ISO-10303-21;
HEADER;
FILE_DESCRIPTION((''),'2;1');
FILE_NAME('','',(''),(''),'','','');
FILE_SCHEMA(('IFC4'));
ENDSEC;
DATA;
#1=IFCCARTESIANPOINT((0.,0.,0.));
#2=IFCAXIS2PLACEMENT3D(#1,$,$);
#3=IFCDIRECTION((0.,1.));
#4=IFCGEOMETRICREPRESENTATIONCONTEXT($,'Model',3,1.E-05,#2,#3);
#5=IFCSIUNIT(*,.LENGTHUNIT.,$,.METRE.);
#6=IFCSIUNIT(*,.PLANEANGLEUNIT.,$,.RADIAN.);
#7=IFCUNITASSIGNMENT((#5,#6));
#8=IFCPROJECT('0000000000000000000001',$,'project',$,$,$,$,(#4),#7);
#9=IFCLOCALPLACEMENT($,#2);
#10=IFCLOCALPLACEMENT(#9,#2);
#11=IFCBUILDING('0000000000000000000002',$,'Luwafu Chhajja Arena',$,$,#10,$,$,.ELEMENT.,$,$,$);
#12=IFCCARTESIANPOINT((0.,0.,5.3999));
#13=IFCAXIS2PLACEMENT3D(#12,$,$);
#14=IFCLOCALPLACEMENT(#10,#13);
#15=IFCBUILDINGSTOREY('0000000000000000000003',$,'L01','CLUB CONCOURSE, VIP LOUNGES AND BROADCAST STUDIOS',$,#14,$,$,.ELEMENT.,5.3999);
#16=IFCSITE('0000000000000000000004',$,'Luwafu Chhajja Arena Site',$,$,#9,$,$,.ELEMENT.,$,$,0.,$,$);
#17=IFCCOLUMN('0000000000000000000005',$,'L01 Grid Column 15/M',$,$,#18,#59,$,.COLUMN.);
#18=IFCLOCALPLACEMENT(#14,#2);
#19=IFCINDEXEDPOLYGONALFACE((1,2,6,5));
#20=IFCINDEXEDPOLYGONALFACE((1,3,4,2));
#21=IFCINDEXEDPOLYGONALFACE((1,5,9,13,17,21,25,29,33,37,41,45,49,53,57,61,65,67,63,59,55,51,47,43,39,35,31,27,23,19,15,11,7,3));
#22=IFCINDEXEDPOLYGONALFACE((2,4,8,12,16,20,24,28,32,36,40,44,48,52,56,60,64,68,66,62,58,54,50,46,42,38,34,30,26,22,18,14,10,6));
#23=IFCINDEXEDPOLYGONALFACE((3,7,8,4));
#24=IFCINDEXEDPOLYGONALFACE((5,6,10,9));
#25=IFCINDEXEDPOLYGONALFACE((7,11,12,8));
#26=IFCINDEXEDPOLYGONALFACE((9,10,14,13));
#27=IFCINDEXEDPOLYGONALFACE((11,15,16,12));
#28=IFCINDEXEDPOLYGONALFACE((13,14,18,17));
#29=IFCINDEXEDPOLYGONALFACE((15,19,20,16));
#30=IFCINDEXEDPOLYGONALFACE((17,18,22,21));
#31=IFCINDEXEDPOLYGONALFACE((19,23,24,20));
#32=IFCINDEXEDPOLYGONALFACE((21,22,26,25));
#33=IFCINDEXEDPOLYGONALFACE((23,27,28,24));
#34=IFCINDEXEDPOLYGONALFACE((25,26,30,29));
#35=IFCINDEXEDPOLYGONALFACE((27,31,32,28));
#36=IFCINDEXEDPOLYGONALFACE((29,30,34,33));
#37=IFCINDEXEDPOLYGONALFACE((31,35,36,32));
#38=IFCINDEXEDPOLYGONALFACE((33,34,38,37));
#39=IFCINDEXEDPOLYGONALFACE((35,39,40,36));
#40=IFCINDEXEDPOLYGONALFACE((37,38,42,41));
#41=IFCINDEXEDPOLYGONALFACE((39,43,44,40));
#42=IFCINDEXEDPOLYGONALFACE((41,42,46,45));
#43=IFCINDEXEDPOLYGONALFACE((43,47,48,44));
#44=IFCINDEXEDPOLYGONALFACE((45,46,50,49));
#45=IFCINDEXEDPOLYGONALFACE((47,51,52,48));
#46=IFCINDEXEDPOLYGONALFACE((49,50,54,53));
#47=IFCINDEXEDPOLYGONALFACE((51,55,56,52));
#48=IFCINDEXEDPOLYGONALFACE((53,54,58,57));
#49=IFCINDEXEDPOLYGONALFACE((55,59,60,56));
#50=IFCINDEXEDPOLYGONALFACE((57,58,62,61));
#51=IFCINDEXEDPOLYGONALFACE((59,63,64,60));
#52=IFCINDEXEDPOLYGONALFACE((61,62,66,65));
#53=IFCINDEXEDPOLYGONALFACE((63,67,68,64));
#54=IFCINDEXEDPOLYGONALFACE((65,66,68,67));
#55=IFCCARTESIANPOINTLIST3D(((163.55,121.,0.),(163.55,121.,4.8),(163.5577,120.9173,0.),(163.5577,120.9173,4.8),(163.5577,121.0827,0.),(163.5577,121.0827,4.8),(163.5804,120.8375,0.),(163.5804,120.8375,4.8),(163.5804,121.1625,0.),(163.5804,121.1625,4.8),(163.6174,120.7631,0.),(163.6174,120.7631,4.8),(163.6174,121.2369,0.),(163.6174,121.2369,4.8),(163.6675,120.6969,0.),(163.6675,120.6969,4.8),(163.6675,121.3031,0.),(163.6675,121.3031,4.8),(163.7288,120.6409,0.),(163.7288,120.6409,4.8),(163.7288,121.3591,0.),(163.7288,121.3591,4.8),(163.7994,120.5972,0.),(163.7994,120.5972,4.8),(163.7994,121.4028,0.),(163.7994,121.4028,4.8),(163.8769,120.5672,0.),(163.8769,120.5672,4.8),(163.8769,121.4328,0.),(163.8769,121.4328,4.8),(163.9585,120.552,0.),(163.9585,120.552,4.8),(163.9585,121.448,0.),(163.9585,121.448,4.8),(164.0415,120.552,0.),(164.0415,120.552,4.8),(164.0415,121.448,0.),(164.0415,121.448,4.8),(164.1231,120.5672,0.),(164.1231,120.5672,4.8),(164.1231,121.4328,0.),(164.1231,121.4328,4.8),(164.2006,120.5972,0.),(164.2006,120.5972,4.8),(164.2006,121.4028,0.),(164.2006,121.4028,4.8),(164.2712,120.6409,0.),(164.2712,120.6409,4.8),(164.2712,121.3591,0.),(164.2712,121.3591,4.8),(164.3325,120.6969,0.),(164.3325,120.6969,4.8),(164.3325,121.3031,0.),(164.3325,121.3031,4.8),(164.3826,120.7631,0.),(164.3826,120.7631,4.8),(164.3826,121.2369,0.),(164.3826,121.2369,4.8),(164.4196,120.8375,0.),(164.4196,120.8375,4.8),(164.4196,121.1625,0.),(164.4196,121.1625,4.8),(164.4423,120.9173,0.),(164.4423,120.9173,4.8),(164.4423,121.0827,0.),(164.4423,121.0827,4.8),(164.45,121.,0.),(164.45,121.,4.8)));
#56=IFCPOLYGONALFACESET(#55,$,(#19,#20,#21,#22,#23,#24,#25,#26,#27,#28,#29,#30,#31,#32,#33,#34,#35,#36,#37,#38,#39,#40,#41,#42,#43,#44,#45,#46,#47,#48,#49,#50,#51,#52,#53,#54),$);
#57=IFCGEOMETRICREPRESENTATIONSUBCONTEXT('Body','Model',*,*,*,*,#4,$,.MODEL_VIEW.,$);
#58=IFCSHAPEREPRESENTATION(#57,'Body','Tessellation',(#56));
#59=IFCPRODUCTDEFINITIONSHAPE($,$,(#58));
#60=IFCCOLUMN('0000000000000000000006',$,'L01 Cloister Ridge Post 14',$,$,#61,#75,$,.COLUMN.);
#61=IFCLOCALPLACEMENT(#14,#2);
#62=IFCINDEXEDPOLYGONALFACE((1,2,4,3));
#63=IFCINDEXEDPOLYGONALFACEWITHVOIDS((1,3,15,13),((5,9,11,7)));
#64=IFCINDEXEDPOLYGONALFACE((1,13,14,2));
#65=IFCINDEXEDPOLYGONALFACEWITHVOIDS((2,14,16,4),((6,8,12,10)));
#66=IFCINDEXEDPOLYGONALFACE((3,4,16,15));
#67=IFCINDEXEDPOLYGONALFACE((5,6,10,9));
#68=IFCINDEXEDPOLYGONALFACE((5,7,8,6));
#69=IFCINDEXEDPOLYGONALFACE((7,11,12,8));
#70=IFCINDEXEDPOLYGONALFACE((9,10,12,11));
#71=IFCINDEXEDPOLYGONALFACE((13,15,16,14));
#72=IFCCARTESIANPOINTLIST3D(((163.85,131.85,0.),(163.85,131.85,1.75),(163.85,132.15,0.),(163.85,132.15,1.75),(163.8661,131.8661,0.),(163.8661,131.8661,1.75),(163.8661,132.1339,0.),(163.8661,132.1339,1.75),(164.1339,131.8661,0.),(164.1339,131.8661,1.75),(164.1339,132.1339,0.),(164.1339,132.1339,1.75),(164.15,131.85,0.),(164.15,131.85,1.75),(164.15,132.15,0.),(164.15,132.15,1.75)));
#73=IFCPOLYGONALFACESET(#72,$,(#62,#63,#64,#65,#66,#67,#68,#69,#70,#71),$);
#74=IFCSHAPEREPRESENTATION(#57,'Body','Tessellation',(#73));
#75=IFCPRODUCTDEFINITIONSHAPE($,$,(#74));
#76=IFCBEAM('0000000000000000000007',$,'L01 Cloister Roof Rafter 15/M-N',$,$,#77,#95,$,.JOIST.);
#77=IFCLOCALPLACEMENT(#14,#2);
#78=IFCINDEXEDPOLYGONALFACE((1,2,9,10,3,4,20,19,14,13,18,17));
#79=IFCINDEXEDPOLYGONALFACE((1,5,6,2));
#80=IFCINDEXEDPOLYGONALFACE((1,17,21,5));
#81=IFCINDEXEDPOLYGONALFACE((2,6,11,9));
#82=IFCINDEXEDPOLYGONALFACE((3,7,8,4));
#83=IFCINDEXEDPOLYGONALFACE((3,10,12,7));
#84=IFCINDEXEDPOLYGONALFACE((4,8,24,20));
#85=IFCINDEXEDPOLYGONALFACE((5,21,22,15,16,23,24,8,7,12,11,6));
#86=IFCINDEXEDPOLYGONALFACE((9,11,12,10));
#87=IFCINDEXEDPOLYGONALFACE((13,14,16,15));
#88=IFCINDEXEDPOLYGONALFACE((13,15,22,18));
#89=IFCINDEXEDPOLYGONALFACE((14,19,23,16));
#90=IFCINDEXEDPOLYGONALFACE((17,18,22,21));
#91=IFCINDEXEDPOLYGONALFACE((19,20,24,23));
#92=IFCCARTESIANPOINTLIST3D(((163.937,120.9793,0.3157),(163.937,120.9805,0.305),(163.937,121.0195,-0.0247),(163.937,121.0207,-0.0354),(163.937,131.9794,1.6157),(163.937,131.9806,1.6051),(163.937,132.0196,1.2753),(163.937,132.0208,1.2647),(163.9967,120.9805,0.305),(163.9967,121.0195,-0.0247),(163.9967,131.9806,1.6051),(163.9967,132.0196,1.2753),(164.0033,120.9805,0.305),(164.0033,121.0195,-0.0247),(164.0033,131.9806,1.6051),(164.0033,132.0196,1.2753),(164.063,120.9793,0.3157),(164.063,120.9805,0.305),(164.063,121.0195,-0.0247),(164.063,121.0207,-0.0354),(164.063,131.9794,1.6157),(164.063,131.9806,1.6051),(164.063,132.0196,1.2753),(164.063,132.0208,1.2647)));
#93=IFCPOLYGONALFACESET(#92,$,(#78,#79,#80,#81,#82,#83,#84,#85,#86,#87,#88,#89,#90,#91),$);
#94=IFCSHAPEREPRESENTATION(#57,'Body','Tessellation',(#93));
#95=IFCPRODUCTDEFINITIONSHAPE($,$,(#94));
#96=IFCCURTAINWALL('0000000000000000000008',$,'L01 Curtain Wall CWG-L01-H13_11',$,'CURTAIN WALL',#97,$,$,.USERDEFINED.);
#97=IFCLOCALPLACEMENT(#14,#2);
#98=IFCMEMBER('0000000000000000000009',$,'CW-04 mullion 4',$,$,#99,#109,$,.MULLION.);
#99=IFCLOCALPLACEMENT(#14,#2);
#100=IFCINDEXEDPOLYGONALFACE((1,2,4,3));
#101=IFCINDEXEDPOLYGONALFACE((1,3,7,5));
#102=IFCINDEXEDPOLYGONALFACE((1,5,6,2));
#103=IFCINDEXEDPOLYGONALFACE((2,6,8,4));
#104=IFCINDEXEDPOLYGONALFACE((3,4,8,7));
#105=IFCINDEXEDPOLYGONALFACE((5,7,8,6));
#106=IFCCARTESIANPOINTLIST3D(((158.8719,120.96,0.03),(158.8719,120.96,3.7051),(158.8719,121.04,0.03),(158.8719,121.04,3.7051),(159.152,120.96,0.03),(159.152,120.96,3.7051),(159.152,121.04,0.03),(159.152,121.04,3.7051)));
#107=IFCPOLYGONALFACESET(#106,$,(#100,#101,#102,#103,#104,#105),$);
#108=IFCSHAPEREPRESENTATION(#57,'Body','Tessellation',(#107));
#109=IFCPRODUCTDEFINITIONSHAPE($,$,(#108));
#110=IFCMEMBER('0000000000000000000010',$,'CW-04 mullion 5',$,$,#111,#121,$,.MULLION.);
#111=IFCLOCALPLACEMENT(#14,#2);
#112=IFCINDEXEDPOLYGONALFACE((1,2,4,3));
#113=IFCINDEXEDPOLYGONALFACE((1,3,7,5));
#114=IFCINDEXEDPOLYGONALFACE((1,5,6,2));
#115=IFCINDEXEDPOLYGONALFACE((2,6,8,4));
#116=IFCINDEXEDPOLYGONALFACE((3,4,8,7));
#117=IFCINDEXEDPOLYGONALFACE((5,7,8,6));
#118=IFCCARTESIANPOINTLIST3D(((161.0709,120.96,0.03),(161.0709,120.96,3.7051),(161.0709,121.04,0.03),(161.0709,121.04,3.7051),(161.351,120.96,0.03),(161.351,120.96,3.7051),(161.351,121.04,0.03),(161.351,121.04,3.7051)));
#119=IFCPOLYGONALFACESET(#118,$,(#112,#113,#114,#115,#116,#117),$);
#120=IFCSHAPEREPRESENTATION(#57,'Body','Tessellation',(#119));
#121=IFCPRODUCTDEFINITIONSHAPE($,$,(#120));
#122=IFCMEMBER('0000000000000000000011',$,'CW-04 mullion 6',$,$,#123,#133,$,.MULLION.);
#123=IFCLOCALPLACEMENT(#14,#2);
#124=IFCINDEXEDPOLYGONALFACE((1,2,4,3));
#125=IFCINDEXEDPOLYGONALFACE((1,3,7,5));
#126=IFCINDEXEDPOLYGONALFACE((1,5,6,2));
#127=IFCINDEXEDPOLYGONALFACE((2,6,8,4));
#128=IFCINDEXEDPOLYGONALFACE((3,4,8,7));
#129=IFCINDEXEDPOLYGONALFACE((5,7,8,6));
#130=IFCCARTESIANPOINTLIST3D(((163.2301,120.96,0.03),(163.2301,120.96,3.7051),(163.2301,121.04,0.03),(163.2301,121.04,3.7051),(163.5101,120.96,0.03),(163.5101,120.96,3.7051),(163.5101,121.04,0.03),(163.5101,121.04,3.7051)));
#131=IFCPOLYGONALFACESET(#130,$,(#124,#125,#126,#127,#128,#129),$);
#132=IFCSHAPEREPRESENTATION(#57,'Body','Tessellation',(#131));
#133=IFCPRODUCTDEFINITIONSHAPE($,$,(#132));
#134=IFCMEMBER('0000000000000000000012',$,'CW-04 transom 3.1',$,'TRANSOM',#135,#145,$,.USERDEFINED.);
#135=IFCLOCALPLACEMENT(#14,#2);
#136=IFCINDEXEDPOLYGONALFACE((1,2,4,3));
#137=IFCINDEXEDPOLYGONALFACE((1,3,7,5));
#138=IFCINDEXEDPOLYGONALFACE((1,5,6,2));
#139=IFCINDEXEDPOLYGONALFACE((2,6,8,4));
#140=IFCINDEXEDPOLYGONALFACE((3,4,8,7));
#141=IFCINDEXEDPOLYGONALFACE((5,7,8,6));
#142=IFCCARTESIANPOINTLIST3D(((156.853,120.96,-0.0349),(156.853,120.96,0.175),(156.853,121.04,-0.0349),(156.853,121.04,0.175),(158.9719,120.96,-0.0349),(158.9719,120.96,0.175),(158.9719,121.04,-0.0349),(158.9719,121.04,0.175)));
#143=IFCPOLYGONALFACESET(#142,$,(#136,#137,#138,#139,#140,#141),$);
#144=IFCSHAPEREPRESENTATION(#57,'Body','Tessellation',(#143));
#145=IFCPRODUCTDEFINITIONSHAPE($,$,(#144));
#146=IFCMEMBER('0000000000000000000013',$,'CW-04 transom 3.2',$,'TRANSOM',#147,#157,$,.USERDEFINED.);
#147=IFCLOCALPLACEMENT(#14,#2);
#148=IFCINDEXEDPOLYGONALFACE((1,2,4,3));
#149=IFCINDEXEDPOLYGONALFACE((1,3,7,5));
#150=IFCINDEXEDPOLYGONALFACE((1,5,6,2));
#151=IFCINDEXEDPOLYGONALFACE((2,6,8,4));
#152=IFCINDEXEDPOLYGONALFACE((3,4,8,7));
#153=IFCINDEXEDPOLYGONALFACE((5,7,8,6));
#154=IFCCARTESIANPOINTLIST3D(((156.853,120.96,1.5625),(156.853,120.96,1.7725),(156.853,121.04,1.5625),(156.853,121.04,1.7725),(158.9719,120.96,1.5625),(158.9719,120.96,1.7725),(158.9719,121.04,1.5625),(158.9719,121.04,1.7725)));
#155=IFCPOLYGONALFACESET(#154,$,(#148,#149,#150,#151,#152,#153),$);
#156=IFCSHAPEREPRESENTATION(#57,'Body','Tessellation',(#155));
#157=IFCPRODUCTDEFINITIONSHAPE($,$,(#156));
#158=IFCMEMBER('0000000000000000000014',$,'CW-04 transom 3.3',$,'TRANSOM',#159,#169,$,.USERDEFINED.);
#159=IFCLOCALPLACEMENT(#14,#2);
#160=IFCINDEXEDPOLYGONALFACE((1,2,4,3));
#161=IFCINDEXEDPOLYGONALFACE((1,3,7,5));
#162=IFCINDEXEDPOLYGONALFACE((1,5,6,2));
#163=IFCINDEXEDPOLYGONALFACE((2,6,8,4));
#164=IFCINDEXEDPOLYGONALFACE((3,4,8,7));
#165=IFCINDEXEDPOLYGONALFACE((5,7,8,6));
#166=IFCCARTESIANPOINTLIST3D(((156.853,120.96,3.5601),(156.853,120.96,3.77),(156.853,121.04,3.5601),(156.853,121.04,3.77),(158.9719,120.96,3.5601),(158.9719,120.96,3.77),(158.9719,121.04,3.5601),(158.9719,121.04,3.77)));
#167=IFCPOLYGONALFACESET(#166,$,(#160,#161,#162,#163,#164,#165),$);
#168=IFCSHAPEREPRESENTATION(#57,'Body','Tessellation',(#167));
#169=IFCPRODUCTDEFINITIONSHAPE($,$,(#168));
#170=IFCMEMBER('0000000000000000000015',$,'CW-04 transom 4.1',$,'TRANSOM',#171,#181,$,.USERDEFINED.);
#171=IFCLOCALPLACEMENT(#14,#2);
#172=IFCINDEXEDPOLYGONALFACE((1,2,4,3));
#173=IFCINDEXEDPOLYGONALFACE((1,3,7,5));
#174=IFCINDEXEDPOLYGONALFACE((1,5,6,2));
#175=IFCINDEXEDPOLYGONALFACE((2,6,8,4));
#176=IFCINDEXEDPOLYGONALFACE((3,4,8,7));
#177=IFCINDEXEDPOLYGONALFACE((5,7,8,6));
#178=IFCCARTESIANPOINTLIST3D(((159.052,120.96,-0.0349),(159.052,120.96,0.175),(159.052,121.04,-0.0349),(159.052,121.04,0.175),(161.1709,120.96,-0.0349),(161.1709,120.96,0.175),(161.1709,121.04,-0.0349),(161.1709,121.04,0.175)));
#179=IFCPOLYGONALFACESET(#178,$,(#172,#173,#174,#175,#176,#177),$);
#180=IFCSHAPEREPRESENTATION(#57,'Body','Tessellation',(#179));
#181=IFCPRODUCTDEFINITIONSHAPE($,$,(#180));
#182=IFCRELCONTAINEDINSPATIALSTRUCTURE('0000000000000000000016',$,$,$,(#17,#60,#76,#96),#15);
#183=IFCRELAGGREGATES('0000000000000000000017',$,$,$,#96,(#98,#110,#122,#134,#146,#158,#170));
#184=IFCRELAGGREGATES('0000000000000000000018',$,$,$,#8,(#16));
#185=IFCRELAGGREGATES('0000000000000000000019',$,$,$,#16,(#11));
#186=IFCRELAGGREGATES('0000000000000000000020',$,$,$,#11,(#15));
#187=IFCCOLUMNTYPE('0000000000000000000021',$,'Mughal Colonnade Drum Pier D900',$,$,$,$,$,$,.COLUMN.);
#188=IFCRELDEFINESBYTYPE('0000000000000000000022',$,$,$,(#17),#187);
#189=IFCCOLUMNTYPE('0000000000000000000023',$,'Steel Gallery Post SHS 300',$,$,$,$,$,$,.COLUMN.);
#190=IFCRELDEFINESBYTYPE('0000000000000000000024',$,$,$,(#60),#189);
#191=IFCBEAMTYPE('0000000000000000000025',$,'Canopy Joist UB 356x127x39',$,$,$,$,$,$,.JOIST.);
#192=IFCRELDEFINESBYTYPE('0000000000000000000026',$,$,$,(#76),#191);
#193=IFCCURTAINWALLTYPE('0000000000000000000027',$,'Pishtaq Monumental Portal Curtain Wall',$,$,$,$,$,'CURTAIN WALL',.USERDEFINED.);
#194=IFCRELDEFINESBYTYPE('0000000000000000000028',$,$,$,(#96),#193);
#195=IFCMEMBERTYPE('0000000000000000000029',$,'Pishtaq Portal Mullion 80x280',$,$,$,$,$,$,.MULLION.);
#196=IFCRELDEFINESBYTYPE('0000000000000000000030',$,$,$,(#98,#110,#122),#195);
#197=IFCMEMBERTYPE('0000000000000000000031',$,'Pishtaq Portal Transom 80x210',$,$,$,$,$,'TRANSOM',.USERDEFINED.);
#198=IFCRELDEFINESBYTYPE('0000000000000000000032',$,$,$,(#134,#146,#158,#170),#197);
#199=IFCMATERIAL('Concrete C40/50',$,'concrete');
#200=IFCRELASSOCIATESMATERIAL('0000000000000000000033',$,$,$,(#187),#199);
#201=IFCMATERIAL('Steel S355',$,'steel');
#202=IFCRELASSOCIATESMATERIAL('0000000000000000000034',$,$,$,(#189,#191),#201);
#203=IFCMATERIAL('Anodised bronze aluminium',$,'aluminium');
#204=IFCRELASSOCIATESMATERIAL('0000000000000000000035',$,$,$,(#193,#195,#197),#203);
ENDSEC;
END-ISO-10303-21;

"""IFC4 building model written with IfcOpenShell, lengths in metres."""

from ifc_helpers import new_model, si_unit, direction, frame, origin, origin_2d, place, context, subcontext, project, spatial, rectangle, hollow_rectangle, circle, i_section, extrude, material, material_profile, profile_set, type_object, element, aggregate, save


model = new_model("IFC4")

# Units and contexts
model_context = context("Model", 3, precision=1e-05, world=origin(), true_north=direction((0.0, 1.0)))
body_context = subcontext(model_context, "Body", "Model", "MODEL_VIEW")
ifc_project = project(units=[si_unit("LENGTHUNIT", "METRE"), si_unit("PLANEANGLEUNIT", "RADIAN")], contexts=[model_context])

# Site, building, storey
site_placement = place(None, origin())
site = spatial("IfcSite", under=ifc_project, at=site_placement, Name="Luwafu Chhajja Arena Site", CompositionType="ELEMENT", RefElevation=0.0)
building_placement = place(site_placement, origin())
building = spatial("IfcBuilding", under=site, at=building_placement, Name="Luwafu Chhajja Arena", CompositionType="ELEMENT")
storey_placement = place(building_placement, frame((0.0, 0.0, 5.3999)))
storey = spatial("IfcBuildingStorey", under=building, at=storey_placement, Name="L01", Description="CLUB CONCOURSE, VIP LOUNGES AND BROADCAST STUDIOS", CompositionType="ELEMENT", Elevation=5.3999)

# Columns
ifc_material_1 = material(Name="Concrete C40/50", Category="concrete")
ifc_material_profile_1 = material_profile(ifc_material_1, circle(Radius=0.45, at=origin_2d()), Name="RC COL D900")
ifc_profile_set_1 = profile_set([ifc_material_profile_1], Name="Concrete C40/50")
column_type_1 = type_object("IfcColumnType", Name="Mughal Colonnade Drum Pier D900", PredefinedType="COLUMN", material=ifc_profile_set_1)
column_1_placement = place(storey_placement, frame((164.0, 121.0, 0.0), z_axis=(0.0, 0.0, 1.0), x_axis=(1.0, 0.0, 0.0)))
element("IfcColumn", 1, at=column_1_placement, inside=storey, type_object=column_type_1, Name="L01 Grid Column 15/M", PredefinedType="COLUMN", context=body_context, shape_type="SweptSolid", body=[
    extrude(circle(Radius=0.45, at=origin_2d()), origin(), (0.0, 0.0, 1.0), 4.8),
])
ifc_material_2 = material(Name="Steel S355", Category="steel")
ifc_material_profile_2 = material_profile(ifc_material_2, hollow_rectangle(XDim=0.3, YDim=0.3, WallThickness=0.0161, at=origin_2d()), Name="SHS 300x300x16")
ifc_profile_set_2 = profile_set([ifc_material_profile_2], Name="Steel S355")
column_type_2 = type_object("IfcColumnType", Name="Steel Gallery Post SHS 300", PredefinedType="COLUMN", material=ifc_profile_set_2)
column_2_placement = place(storey_placement, frame((164.0, 132.0, 0.0), z_axis=(0.0, 0.0, 1.0), x_axis=(1.0, 0.0, 0.0)))
element("IfcColumn", 2, at=column_2_placement, inside=storey, type_object=column_type_2, Name="L01 Cloister Ridge Post 14", PredefinedType="COLUMN", context=body_context, shape_type="SweptSolid", body=[
    extrude(hollow_rectangle(XDim=0.3, YDim=0.3, WallThickness=0.0161, at=origin_2d()), origin(), (0.0, 0.0, 1.0), 1.75),
])

# Beam
ifc_material_profile_3 = material_profile(ifc_material_2, i_section(OverallWidth=0.126, OverallDepth=0.3535, WebThickness=0.0066, FlangeThickness=0.0107, at=origin_2d()), Name="UB 356x127x39")
ifc_profile_set_3 = profile_set([ifc_material_profile_3], Name="Steel S355")
beam_type_1 = type_object("IfcBeamType", Name="Canopy Joist UB 356x127x39", PredefinedType="JOIST", material=ifc_profile_set_3)
beam_1_placement = place(storey_placement, frame((164.0, 121.0, 0.1401), z_axis=(0.0, 0.993088, 0.117369), x_axis=(-1.0, 0.0, 0.0)))
element("IfcBeam", 3, at=beam_1_placement, inside=storey, type_object=beam_type_1, Name="L01 Cloister Roof Rafter 15/M-N", PredefinedType="JOIST", context=body_context, shape_type="SweptSolid", body=[
    extrude(i_section(OverallWidth=0.126, OverallDepth=0.3535, WebThickness=0.0066, FlangeThickness=0.0107, at=origin_2d()), origin(), (0.0, 0.0, 1.0), 11.0767),
])

# Curtain wall, members
ifc_material_3 = material(Name="Anodised bronze aluminium", Category="aluminium")
curtain_wall_type = type_object("IfcCurtainWallType", Name="Pishtaq Monumental Portal Curtain Wall", ElementType="CURTAIN WALL", PredefinedType="USERDEFINED", material=ifc_material_3)
curtain_wall_placement = place(storey_placement, origin())
curtain_wall = element("IfcCurtainWall", 4, at=curtain_wall_placement, inside=storey, type_object=curtain_wall_type, Name="L01 Curtain Wall CWG-L01-H13_11", ObjectType="CURTAIN WALL", PredefinedType="USERDEFINED")
ifc_material_profile_4 = material_profile(ifc_material_3, rectangle(XDim=0.0801, YDim=0.28, at=origin_2d()), Name="CWM 80x280")
ifc_profile_set_4 = profile_set([ifc_material_profile_4], Name="Anodised bronze aluminium")
member_type_1 = type_object("IfcMemberType", Name="Pishtaq Portal Mullion 80x280", PredefinedType="MULLION", material=ifc_profile_set_4)
member_1_placement = place(storey_placement, frame((159.012, 121.0, 0.03), z_axis=(0.0, 0.0, 1.0), x_axis=(0.0, 1.0, 0.0)))
member_1 = element("IfcMember", 5, at=member_1_placement, type_object=member_type_1, Name="CW-04 mullion 4", PredefinedType="MULLION", context=body_context, shape_type="SweptSolid", body=[
    extrude(rectangle(XDim=0.0801, YDim=0.28, at=origin_2d()), origin(), (0.0, 0.0, 1.0), 3.675),
])
member_2_placement = place(storey_placement, frame((161.2109, 121.0, 0.03), z_axis=(0.0, 0.0, 1.0), x_axis=(0.0, 1.0, 0.0)))
member_2 = element("IfcMember", 6, at=member_2_placement, type_object=member_type_1, Name="CW-04 mullion 5", PredefinedType="MULLION", context=body_context, shape_type="SweptSolid", body=[
    extrude(rectangle(XDim=0.0801, YDim=0.28, at=origin_2d()), origin(), (0.0, 0.0, 1.0), 3.675),
])
member_3_placement = place(storey_placement, frame((163.3701, 121.0, 0.03), z_axis=(0.0, 0.0, 1.0), x_axis=(0.0, 1.0, 0.0)))
member_3 = element("IfcMember", 7, at=member_3_placement, type_object=member_type_1, Name="CW-04 mullion 6", PredefinedType="MULLION", context=body_context, shape_type="SweptSolid", body=[
    extrude(rectangle(XDim=0.0801, YDim=0.28, at=origin_2d()), origin(), (0.0, 0.0, 1.0), 3.675),
])
ifc_material_profile_5 = material_profile(ifc_material_3, rectangle(XDim=0.0801, YDim=0.21, at=origin_2d()), Name="CWT 80x210")
ifc_profile_set_5 = profile_set([ifc_material_profile_5], Name="Anodised bronze aluminium")
member_type_2 = type_object("IfcMemberType", Name="Pishtaq Portal Transom 80x210", ElementType="TRANSOM", PredefinedType="USERDEFINED", material=ifc_profile_set_5)
member_4_placement = place(storey_placement, frame((156.853, 121.0, 0.0701), z_axis=(1.0, 0.0, 0.0), x_axis=(0.0, 1.0, 0.0)))
member_4 = element("IfcMember", 8, at=member_4_placement, type_object=member_type_2, Name="CW-04 transom 3.1", ObjectType="TRANSOM", PredefinedType="USERDEFINED", context=body_context, shape_type="SweptSolid", body=[
    extrude(rectangle(XDim=0.0801, YDim=0.21, at=origin_2d()), origin(), (0.0, 0.0, 1.0), 2.1189),
])
member_5_placement = place(storey_placement, frame((156.853, 121.0, 1.6675), z_axis=(1.0, 0.0, 0.0), x_axis=(0.0, 1.0, 0.0)))
member_5 = element("IfcMember", 9, at=member_5_placement, type_object=member_type_2, Name="CW-04 transom 3.2", ObjectType="TRANSOM", PredefinedType="USERDEFINED", context=body_context, shape_type="SweptSolid", body=[
    extrude(rectangle(XDim=0.0801, YDim=0.21, at=origin_2d()), origin(), (0.0, 0.0, 1.0), 2.1189),
])
member_6_placement = place(storey_placement, frame((156.853, 121.0, 3.665), z_axis=(1.0, 0.0, 0.0), x_axis=(0.0, 1.0, 0.0)))
member_6 = element("IfcMember", 10, at=member_6_placement, type_object=member_type_2, Name="CW-04 transom 3.3", ObjectType="TRANSOM", PredefinedType="USERDEFINED", context=body_context, shape_type="SweptSolid", body=[
    extrude(rectangle(XDim=0.0801, YDim=0.21, at=origin_2d()), origin(), (0.0, 0.0, 1.0), 2.1189),
])
member_7_placement = place(storey_placement, frame((159.052, 121.0, 0.0701), z_axis=(1.0, 0.0, 0.0), x_axis=(0.0, 1.0, 0.0)))
member_7 = element("IfcMember", 11, at=member_7_placement, type_object=member_type_2, Name="CW-04 transom 4.1", ObjectType="TRANSOM", PredefinedType="USERDEFINED", context=body_context, shape_type="SweptSolid", body=[
    extrude(rectangle(XDim=0.0801, YDim=0.21, at=origin_2d()), origin(), (0.0, 0.0, 1.0), 2.1189),
])

aggregate(curtain_wall, [member_1, member_2, member_3, member_4, member_5, member_6, member_7])

save(model, "model.ifc")
